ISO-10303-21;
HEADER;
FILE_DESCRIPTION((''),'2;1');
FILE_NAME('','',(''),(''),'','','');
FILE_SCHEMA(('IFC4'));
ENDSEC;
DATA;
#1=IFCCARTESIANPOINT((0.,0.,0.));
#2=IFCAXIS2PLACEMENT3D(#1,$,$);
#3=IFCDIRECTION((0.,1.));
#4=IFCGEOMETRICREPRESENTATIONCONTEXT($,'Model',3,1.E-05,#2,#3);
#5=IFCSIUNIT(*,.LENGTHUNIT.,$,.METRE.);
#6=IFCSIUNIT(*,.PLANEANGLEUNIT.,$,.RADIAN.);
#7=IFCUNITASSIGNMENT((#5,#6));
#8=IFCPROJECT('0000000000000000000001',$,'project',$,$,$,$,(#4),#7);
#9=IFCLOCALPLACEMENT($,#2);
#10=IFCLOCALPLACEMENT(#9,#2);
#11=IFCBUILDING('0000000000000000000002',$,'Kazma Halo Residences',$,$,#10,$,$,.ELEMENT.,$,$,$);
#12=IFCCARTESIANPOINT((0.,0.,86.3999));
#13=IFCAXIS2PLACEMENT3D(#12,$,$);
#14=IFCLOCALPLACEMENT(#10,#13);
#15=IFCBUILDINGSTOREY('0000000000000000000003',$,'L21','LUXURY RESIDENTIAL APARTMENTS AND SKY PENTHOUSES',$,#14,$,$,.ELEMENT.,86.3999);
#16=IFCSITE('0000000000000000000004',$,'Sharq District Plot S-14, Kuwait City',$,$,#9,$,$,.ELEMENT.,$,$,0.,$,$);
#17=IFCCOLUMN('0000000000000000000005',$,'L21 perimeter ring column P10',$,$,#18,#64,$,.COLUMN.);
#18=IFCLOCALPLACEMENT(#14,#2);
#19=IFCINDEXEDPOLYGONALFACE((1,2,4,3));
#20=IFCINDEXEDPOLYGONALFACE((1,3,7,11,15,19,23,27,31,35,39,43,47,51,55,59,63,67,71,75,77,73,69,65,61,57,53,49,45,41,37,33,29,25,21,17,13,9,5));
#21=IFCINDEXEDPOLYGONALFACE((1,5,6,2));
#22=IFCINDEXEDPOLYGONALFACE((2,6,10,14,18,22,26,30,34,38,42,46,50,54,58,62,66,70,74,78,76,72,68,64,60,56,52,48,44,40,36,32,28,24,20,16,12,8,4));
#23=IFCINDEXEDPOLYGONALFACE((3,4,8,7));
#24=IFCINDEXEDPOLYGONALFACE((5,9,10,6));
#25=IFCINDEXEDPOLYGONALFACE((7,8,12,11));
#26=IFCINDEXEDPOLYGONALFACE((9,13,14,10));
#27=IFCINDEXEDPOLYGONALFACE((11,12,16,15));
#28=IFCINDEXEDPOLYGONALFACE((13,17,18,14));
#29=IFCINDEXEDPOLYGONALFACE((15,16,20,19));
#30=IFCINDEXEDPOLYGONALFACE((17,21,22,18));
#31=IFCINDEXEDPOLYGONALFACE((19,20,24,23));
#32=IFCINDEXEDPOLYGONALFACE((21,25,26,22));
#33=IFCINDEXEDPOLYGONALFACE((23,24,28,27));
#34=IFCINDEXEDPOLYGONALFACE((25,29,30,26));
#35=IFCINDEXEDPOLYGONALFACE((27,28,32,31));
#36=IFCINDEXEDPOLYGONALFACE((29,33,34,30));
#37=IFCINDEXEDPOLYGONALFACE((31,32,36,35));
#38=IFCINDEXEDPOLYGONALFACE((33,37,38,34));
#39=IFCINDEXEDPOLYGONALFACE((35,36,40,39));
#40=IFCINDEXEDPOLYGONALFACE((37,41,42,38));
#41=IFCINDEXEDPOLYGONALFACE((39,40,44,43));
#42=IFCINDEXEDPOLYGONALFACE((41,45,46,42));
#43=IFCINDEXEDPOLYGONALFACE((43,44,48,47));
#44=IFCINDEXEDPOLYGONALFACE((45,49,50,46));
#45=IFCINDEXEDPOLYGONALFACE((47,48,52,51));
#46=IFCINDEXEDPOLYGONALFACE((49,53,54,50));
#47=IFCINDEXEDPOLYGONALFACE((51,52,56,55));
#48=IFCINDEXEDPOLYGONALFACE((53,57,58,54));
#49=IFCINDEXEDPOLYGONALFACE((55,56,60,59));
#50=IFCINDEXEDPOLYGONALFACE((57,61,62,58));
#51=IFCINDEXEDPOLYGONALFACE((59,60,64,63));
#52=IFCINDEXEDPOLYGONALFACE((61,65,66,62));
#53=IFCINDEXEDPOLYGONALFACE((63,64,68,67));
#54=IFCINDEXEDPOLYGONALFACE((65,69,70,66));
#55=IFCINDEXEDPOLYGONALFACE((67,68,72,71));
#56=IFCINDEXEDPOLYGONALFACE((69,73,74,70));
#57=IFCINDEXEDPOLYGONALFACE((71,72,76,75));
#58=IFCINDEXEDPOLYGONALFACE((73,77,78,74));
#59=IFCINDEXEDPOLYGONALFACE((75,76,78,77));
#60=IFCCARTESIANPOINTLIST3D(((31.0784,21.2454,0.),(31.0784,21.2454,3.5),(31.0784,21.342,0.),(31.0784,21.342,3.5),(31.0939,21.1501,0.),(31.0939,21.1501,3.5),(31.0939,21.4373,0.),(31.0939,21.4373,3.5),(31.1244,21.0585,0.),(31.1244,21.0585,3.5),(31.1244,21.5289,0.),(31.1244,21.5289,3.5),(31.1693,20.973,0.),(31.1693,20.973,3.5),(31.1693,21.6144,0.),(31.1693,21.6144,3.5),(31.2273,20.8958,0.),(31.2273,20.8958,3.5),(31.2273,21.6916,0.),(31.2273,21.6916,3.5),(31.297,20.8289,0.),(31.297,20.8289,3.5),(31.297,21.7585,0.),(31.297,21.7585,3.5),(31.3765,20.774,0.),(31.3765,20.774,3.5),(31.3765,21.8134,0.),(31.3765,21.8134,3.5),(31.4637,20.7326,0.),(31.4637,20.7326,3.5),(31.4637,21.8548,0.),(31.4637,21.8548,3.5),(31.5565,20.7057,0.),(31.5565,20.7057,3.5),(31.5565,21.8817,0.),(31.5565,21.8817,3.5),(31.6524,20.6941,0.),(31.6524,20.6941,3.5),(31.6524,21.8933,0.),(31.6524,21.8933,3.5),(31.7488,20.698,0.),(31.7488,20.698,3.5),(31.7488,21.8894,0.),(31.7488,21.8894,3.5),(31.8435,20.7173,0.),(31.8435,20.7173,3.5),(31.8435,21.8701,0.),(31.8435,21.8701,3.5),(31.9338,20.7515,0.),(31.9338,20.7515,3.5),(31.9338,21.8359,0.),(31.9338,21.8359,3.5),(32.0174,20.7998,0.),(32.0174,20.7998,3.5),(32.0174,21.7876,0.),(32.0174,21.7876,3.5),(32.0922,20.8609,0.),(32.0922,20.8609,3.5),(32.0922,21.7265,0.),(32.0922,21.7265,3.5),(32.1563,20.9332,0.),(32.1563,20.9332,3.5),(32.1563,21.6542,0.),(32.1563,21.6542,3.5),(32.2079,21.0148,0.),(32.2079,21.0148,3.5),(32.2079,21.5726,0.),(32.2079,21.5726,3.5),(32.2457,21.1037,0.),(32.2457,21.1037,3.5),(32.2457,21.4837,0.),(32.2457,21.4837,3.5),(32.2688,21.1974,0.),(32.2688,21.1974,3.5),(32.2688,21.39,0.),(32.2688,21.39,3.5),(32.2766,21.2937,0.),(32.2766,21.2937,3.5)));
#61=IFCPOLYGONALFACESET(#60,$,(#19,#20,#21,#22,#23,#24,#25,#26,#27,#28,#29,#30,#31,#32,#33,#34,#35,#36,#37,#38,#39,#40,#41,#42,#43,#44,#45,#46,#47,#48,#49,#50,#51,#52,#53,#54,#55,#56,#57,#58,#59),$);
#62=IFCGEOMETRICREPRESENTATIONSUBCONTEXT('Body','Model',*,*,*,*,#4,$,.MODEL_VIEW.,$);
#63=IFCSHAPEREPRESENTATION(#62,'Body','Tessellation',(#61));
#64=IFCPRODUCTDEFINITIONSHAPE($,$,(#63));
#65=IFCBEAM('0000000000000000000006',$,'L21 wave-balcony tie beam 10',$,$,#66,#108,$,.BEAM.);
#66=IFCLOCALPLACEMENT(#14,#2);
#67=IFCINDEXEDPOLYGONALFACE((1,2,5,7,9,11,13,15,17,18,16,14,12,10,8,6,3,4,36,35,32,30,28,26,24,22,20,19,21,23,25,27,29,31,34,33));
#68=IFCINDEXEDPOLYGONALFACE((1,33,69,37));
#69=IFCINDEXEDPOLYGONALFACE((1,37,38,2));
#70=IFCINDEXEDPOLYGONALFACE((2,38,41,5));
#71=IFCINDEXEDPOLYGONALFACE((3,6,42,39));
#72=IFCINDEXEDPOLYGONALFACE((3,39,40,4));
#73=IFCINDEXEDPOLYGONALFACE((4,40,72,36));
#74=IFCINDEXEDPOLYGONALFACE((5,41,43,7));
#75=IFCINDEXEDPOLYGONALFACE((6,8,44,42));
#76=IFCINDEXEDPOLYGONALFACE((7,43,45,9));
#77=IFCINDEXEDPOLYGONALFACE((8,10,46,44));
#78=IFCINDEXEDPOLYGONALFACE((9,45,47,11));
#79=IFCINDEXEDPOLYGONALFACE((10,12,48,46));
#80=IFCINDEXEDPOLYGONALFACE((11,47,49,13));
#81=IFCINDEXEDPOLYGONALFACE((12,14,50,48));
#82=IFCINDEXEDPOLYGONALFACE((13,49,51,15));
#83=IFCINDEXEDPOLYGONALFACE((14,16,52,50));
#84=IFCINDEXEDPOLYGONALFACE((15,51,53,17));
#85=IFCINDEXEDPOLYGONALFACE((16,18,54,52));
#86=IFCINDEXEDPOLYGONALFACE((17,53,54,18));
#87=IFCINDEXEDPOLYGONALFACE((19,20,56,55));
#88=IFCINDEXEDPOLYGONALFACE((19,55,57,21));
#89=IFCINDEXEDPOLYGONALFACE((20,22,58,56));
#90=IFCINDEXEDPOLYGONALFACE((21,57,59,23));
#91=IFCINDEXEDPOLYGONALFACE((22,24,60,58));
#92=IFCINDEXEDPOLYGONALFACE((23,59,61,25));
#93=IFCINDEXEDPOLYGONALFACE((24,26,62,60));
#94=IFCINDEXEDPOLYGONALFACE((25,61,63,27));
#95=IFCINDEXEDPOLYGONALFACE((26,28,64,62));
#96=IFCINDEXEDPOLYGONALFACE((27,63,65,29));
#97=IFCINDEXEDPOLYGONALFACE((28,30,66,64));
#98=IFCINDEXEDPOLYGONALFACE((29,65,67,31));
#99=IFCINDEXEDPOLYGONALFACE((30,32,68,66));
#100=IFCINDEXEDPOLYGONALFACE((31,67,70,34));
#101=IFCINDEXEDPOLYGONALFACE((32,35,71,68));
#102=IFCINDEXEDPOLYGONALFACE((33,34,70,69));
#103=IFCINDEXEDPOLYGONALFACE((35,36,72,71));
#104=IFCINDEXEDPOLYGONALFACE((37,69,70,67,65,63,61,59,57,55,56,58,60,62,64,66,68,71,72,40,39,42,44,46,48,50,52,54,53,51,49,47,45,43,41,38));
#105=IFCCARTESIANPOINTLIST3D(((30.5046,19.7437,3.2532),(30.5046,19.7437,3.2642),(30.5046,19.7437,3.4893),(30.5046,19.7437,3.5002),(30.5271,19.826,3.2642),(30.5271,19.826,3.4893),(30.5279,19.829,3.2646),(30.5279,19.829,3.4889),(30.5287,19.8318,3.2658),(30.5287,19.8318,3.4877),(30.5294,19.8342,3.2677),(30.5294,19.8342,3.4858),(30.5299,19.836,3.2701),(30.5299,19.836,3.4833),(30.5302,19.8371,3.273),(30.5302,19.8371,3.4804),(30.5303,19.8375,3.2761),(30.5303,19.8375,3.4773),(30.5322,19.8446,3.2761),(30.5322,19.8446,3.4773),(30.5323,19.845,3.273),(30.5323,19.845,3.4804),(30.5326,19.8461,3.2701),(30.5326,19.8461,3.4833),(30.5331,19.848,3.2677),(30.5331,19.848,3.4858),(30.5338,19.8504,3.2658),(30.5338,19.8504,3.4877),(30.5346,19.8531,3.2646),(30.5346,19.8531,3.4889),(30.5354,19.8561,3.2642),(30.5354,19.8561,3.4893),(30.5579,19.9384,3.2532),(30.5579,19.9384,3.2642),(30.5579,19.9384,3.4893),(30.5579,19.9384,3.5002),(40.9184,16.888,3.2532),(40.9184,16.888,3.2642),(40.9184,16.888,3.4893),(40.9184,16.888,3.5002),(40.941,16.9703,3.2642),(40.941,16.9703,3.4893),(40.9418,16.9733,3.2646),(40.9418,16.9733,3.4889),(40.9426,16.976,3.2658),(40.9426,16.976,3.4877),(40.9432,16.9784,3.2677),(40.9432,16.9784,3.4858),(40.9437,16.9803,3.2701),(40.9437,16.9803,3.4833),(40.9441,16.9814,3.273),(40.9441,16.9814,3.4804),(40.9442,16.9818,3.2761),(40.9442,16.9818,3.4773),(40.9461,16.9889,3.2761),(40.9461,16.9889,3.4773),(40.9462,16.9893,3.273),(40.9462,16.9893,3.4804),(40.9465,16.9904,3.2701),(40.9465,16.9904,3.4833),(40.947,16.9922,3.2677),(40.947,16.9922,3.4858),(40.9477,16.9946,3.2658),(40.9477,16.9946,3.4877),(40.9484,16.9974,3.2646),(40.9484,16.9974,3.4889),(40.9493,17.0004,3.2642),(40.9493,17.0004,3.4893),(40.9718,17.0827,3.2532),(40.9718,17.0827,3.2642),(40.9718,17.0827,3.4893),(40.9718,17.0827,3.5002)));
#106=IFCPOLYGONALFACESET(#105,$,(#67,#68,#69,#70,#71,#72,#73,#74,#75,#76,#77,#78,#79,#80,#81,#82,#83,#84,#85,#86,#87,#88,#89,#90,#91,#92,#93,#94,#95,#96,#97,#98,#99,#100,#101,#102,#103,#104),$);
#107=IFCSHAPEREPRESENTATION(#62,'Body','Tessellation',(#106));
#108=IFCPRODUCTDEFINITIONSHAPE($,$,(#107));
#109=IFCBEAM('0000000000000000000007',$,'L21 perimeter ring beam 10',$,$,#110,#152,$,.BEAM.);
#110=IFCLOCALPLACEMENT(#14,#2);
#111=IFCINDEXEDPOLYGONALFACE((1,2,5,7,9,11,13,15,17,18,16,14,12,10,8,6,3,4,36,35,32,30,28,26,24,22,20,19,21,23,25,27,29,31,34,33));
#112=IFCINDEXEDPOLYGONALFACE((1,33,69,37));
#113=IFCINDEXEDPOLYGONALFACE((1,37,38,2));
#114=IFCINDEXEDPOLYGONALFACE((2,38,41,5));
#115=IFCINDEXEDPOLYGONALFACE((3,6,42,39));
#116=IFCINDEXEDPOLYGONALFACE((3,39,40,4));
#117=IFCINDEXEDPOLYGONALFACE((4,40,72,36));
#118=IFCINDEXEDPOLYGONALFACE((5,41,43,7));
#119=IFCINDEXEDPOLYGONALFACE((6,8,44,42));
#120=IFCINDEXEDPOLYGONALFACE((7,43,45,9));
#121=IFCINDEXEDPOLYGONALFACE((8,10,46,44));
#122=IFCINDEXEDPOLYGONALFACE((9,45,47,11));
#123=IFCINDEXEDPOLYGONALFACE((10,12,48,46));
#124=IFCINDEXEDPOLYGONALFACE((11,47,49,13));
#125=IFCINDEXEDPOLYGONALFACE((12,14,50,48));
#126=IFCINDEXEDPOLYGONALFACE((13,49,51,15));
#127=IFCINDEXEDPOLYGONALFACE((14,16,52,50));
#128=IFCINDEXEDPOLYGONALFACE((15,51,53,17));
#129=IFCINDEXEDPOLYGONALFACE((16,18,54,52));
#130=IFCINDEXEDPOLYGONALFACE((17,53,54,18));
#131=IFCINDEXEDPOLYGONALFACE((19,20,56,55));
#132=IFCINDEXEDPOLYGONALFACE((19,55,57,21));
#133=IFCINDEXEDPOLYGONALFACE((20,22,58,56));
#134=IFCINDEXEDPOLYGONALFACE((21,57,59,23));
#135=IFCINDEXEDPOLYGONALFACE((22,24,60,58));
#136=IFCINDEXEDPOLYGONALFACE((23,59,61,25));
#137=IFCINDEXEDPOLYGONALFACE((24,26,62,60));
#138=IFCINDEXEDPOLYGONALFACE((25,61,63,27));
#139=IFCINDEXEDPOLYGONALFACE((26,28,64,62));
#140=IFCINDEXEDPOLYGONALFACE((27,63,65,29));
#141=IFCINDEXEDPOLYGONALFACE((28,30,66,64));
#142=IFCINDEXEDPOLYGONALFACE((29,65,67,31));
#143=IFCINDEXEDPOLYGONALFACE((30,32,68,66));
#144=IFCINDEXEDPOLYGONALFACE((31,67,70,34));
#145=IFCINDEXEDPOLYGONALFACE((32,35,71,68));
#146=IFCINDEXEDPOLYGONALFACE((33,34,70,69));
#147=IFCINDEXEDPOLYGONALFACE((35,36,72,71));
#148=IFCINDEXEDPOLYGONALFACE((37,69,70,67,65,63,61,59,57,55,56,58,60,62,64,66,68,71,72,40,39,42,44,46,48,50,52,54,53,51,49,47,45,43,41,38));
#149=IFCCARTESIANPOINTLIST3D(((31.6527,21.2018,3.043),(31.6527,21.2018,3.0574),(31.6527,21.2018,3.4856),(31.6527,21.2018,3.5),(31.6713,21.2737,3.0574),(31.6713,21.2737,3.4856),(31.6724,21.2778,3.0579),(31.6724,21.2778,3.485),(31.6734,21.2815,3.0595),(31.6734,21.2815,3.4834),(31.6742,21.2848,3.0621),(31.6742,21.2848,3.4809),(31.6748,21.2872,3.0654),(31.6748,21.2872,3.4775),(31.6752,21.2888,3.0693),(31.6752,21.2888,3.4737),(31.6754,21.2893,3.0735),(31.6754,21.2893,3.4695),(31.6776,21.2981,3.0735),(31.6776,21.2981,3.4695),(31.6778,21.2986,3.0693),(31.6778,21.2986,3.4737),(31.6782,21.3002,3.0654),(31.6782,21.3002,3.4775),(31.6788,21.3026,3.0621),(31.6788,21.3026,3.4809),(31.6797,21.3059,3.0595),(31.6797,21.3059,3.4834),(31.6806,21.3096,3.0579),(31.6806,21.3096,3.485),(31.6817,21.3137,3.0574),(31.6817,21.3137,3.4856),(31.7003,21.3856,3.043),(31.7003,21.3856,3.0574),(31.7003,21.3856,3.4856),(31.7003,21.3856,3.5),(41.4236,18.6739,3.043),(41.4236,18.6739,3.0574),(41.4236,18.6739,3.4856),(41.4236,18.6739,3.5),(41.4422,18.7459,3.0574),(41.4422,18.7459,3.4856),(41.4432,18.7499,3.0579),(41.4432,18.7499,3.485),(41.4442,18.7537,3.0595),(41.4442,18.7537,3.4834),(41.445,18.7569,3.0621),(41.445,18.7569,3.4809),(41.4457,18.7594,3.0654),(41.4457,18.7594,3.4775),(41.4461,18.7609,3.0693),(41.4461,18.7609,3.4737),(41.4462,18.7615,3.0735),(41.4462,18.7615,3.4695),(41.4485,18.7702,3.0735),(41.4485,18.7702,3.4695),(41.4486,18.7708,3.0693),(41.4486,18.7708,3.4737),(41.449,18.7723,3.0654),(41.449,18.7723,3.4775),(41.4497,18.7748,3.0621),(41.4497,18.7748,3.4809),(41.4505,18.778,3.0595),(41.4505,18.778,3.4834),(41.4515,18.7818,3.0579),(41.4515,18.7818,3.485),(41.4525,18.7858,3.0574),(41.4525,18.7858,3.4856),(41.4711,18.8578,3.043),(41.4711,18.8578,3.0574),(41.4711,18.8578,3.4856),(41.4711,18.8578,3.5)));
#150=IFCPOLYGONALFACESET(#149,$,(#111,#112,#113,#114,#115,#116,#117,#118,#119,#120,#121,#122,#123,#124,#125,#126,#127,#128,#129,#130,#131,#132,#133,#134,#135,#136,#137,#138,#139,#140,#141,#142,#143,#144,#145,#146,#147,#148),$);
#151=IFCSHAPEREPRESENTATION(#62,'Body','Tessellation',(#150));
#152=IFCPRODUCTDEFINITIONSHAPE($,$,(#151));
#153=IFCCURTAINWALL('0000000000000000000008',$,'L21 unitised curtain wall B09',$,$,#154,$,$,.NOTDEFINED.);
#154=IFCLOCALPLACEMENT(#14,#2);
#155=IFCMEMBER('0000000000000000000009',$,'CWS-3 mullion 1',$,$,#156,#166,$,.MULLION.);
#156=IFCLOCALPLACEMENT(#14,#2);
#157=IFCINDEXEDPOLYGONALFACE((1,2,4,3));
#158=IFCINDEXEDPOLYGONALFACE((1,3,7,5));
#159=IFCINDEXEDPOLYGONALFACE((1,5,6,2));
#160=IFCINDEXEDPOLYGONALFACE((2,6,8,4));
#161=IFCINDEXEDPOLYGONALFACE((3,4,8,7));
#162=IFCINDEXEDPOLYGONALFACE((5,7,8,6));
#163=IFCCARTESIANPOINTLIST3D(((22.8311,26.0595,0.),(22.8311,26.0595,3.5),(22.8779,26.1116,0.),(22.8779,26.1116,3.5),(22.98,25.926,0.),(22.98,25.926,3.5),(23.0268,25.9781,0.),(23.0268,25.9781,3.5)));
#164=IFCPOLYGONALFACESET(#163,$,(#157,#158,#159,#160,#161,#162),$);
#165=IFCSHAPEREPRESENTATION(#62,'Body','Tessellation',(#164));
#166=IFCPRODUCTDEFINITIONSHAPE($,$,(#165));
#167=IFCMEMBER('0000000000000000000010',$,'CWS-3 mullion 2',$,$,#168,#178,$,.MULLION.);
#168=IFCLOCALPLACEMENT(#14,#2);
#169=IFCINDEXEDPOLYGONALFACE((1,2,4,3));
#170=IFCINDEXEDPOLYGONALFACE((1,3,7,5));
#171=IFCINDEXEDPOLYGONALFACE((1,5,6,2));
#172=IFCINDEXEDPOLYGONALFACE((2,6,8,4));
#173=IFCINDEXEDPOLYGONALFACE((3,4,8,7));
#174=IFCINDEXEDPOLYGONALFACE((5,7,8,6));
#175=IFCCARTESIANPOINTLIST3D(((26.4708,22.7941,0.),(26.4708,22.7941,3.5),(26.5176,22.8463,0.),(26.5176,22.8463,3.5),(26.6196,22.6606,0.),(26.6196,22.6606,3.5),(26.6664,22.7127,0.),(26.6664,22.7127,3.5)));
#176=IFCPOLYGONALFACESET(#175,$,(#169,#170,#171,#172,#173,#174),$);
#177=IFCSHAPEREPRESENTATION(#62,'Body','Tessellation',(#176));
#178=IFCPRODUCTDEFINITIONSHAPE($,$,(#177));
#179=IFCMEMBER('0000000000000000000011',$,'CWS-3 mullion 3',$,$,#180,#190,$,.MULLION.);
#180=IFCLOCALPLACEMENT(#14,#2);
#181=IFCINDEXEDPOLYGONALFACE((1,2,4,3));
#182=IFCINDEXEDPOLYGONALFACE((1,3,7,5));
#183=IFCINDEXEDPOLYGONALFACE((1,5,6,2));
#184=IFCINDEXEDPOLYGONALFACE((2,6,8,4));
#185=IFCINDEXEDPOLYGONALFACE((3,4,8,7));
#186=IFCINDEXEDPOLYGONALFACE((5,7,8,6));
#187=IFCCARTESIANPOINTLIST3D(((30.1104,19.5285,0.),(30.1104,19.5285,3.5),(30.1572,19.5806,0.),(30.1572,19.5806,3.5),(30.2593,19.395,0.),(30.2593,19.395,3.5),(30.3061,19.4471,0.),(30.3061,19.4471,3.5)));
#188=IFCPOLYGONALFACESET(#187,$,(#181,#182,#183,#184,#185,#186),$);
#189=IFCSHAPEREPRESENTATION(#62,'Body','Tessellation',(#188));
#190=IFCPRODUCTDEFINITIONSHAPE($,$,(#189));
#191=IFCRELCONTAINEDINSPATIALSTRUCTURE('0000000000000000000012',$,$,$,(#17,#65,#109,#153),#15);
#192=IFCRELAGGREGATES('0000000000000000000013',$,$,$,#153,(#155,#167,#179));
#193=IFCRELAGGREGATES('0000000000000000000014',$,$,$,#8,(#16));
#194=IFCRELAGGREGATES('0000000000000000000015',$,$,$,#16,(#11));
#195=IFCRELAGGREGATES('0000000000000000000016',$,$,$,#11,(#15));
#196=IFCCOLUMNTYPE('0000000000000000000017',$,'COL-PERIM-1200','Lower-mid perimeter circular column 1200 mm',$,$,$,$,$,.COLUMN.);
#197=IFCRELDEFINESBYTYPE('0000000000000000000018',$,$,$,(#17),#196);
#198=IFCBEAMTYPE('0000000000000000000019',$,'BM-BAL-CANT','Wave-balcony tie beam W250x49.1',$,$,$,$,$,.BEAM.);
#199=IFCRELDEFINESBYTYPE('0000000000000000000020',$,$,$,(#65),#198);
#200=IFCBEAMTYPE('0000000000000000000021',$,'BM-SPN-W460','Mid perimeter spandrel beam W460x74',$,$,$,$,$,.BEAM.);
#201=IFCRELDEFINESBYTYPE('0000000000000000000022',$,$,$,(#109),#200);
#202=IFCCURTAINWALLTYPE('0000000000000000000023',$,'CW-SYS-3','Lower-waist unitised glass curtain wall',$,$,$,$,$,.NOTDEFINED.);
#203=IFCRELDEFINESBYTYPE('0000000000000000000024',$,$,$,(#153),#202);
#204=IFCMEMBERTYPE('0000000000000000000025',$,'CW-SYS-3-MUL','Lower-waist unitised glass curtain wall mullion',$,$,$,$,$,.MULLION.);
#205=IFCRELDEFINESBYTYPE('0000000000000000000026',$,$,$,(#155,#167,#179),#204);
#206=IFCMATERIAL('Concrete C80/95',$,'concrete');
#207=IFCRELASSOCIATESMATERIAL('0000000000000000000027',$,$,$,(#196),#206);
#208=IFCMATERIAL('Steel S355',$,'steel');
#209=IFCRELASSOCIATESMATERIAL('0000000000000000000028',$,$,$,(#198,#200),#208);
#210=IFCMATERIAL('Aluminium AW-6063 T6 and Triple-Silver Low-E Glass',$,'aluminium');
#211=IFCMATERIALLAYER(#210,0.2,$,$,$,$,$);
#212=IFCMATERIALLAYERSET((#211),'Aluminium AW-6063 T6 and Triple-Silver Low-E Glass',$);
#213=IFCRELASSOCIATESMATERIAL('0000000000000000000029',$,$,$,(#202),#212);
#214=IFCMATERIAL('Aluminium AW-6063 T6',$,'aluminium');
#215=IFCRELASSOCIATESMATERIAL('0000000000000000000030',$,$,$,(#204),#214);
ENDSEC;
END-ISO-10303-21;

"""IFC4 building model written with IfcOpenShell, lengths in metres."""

from ifc_helpers import new_model, si_unit, direction, frame, origin, origin_2d, place, context, subcontext, project, spatial, rectangle, circle, i_section, extrude, material, layer, layer_set, material_profile, profile_set, type_object, element, aggregate, save


model = new_model("IFC4")

# Units and contexts
model_context = context("Model", 3, precision=1e-05, world=origin(), true_north=direction((0.0, 1.0)))
body_context = subcontext(model_context, "Body", "Model", "MODEL_VIEW")
ifc_project = project(units=[si_unit("LENGTHUNIT", "METRE"), si_unit("PLANEANGLEUNIT", "RADIAN")], contexts=[model_context])

# Site, building, storey
site_placement = place(None, origin())
site = spatial("IfcSite", under=ifc_project, at=site_placement, Name="Sharq District Plot S-14, Kuwait City", CompositionType="ELEMENT", RefElevation=0.0)
building_placement = place(site_placement, origin())
building = spatial("IfcBuilding", under=site, at=building_placement, Name="Kazma Halo Residences", CompositionType="ELEMENT")
storey_placement = place(building_placement, frame((0.0, 0.0, 86.3999)))
storey = spatial("IfcBuildingStorey", under=building, at=storey_placement, Name="L21", Description="LUXURY RESIDENTIAL APARTMENTS AND SKY PENTHOUSES", CompositionType="ELEMENT", Elevation=86.3999)

# Column
ifc_material_1 = material(Name="Concrete C80/95", Category="concrete")
ifc_material_profile_1 = material_profile(ifc_material_1, circle(Radius=0.6001, at=origin_2d()), Name="CIRC1200")
ifc_profile_set_1 = profile_set([ifc_material_profile_1], Name="Concrete C80/95")
column_type = type_object("IfcColumnType", Name="COL-PERIM-1200", Description="Lower-mid perimeter circular column 1200 mm", PredefinedType="COLUMN", material=ifc_profile_set_1)
column_placement = place(storey_placement, frame((31.6765, 21.2937, 0.0), z_axis=(0.0, 0.0, 1.0), x_axis=(1.0, 0.0, 0.0)))
element("IfcColumn", 1, at=column_placement, inside=storey, type_object=column_type, Name="L21 perimeter ring column P10", PredefinedType="COLUMN", context=body_context, shape_type="SweptSolid", body=[
    extrude(circle(Radius=0.6001, at=origin_2d()), origin(), (0.0, 0.0, 1.0), 3.5),
])

# Beams
ifc_material_2 = material(Name="Steel S355", Category="steel")
ifc_material_profile_2 = material_profile(ifc_material_2, i_section(OverallWidth=0.2019, OverallDepth=0.2471, WebThickness=0.0073, FlangeThickness=0.011, FilletRadius=0.012, at=origin_2d()), Name="W250x49.1")
ifc_profile_set_2 = profile_set([ifc_material_profile_2], Name="Steel S355")
beam_type_1 = type_object("IfcBeamType", Name="BM-BAL-CANT", Description="Wave-balcony tie beam W250x49.1", PredefinedType="BEAM", material=ifc_profile_set_2)
beam_1_placement = place(storey_placement, frame((30.5312, 19.8411, 3.3767), z_axis=(0.964397, -0.26446, 0.0), x_axis=(0.26446, 0.964397, 0.0)))
element("IfcBeam", 2, at=beam_1_placement, inside=storey, type_object=beam_type_1, Name="L21 wave-balcony tie beam 10", PredefinedType="BEAM", context=body_context, shape_type="SweptSolid", body=[
    extrude(i_section(OverallWidth=0.2019, OverallDepth=0.2471, WebThickness=0.0073, FlangeThickness=0.011, FilletRadius=0.012, at=origin_2d()), origin(), (0.0, 0.0, 1.0), 10.7983),
])
ifc_material_profile_3 = material_profile(ifc_material_2, i_section(OverallWidth=0.1899, OverallDepth=0.457, WebThickness=0.009, FlangeThickness=0.0144, FilletRadius=0.0161, at=origin_2d()), Name="W460x74")
ifc_profile_set_3 = profile_set([ifc_material_profile_3], Name="Steel S355")
beam_type_2 = type_object("IfcBeamType", Name="BM-SPN-W460", Description="Mid perimeter spandrel beam W460x74", PredefinedType="BEAM", material=ifc_profile_set_3)
beam_2_placement = place(storey_placement, frame((31.6765, 21.2937, 3.2715), z_axis=(0.968125, -0.250468, 0.0), x_axis=(0.250468, 0.968125, 0.0)))
element("IfcBeam", 3, at=beam_2_placement, inside=storey, type_object=beam_type_2, Name="L21 perimeter ring beam 10", PredefinedType="BEAM", context=body_context, shape_type="SweptSolid", body=[
    extrude(i_section(OverallWidth=0.1899, OverallDepth=0.457, WebThickness=0.009, FlangeThickness=0.0144, FilletRadius=0.0161, at=origin_2d()), origin(), (0.0, 0.0, 1.0), 10.0925),
])

# Curtain wall, members
ifc_material_3 = material(Name="Aluminium AW-6063 T6 and Triple-Silver Low-E Glass", Category="aluminium")
ifc_layer_1 = layer(ifc_material_3, 0.2)
ifc_layer_set_1 = layer_set([ifc_layer_1], Name="Aluminium AW-6063 T6 and Triple-Silver Low-E Glass")
curtain_wall_type = type_object("IfcCurtainWallType", Name="CW-SYS-3", Description="Lower-waist unitised glass curtain wall", PredefinedType="NOTDEFINED", material=ifc_layer_set_1)
curtain_wall_placement = place(storey_placement, origin())
curtain_wall = element("IfcCurtainWall", 4, at=curtain_wall_placement, inside=storey, type_object=curtain_wall_type, Name="L21 unitised curtain wall B09", PredefinedType="NOTDEFINED")
ifc_material_4 = material(Name="Aluminium AW-6063 T6", Category="aluminium")
ifc_material_profile_4 = material_profile(ifc_material_4, rectangle(XDim=0.0701, YDim=0.2, at=origin_2d()), Name="CWM-70x200")
ifc_profile_set_4 = profile_set([ifc_material_profile_4], Name="Aluminium AW-6063 T6")
member_type_1 = type_object("IfcMemberType", Name="CW-SYS-3-MUL", Description="Lower-waist unitised glass curtain wall mullion", PredefinedType="MULLION", material=ifc_profile_set_4)
member_1_placement = place(storey_placement, frame((22.929, 26.0188, 0.0), z_axis=(0.0, 0.0, 1.0), x_axis=(0.667795, 0.744345, 0.0)))
member_1 = element("IfcMember", 5, at=member_1_placement, type_object=member_type_1, Name="CWS-3 mullion 1", PredefinedType="MULLION", context=body_context, shape_type="SweptSolid", body=[
    extrude(rectangle(XDim=0.0701, YDim=0.2, at=origin_2d()), origin(), (0.0, 0.0, 1.0), 3.5),
])
member_2_placement = place(storey_placement, frame((26.5686, 22.7534, 0.0), z_axis=(0.0, 0.0, 1.0), x_axis=(0.667795, 0.744345, 0.0)))
member_2 = element("IfcMember", 6, at=member_2_placement, type_object=member_type_1, Name="CWS-3 mullion 2", PredefinedType="MULLION", context=body_context, shape_type="SweptSolid", body=[
    extrude(rectangle(XDim=0.0701, YDim=0.2, at=origin_2d()), origin(), (0.0, 0.0, 1.0), 3.5),
])
member_3_placement = place(storey_placement, frame((30.2083, 19.4878, 0.0), z_axis=(0.0, 0.0, 1.0), x_axis=(0.667795, 0.744345, 0.0)))
member_3 = element("IfcMember", 7, at=member_3_placement, type_object=member_type_1, Name="CWS-3 mullion 3", PredefinedType="MULLION", context=body_context, shape_type="SweptSolid", body=[
    extrude(rectangle(XDim=0.0701, YDim=0.2, at=origin_2d()), origin(), (0.0, 0.0, 1.0), 3.5),
])
aggregate(curtain_wall, [member_1, member_2, member_3])

save(model, "model.ifc")
